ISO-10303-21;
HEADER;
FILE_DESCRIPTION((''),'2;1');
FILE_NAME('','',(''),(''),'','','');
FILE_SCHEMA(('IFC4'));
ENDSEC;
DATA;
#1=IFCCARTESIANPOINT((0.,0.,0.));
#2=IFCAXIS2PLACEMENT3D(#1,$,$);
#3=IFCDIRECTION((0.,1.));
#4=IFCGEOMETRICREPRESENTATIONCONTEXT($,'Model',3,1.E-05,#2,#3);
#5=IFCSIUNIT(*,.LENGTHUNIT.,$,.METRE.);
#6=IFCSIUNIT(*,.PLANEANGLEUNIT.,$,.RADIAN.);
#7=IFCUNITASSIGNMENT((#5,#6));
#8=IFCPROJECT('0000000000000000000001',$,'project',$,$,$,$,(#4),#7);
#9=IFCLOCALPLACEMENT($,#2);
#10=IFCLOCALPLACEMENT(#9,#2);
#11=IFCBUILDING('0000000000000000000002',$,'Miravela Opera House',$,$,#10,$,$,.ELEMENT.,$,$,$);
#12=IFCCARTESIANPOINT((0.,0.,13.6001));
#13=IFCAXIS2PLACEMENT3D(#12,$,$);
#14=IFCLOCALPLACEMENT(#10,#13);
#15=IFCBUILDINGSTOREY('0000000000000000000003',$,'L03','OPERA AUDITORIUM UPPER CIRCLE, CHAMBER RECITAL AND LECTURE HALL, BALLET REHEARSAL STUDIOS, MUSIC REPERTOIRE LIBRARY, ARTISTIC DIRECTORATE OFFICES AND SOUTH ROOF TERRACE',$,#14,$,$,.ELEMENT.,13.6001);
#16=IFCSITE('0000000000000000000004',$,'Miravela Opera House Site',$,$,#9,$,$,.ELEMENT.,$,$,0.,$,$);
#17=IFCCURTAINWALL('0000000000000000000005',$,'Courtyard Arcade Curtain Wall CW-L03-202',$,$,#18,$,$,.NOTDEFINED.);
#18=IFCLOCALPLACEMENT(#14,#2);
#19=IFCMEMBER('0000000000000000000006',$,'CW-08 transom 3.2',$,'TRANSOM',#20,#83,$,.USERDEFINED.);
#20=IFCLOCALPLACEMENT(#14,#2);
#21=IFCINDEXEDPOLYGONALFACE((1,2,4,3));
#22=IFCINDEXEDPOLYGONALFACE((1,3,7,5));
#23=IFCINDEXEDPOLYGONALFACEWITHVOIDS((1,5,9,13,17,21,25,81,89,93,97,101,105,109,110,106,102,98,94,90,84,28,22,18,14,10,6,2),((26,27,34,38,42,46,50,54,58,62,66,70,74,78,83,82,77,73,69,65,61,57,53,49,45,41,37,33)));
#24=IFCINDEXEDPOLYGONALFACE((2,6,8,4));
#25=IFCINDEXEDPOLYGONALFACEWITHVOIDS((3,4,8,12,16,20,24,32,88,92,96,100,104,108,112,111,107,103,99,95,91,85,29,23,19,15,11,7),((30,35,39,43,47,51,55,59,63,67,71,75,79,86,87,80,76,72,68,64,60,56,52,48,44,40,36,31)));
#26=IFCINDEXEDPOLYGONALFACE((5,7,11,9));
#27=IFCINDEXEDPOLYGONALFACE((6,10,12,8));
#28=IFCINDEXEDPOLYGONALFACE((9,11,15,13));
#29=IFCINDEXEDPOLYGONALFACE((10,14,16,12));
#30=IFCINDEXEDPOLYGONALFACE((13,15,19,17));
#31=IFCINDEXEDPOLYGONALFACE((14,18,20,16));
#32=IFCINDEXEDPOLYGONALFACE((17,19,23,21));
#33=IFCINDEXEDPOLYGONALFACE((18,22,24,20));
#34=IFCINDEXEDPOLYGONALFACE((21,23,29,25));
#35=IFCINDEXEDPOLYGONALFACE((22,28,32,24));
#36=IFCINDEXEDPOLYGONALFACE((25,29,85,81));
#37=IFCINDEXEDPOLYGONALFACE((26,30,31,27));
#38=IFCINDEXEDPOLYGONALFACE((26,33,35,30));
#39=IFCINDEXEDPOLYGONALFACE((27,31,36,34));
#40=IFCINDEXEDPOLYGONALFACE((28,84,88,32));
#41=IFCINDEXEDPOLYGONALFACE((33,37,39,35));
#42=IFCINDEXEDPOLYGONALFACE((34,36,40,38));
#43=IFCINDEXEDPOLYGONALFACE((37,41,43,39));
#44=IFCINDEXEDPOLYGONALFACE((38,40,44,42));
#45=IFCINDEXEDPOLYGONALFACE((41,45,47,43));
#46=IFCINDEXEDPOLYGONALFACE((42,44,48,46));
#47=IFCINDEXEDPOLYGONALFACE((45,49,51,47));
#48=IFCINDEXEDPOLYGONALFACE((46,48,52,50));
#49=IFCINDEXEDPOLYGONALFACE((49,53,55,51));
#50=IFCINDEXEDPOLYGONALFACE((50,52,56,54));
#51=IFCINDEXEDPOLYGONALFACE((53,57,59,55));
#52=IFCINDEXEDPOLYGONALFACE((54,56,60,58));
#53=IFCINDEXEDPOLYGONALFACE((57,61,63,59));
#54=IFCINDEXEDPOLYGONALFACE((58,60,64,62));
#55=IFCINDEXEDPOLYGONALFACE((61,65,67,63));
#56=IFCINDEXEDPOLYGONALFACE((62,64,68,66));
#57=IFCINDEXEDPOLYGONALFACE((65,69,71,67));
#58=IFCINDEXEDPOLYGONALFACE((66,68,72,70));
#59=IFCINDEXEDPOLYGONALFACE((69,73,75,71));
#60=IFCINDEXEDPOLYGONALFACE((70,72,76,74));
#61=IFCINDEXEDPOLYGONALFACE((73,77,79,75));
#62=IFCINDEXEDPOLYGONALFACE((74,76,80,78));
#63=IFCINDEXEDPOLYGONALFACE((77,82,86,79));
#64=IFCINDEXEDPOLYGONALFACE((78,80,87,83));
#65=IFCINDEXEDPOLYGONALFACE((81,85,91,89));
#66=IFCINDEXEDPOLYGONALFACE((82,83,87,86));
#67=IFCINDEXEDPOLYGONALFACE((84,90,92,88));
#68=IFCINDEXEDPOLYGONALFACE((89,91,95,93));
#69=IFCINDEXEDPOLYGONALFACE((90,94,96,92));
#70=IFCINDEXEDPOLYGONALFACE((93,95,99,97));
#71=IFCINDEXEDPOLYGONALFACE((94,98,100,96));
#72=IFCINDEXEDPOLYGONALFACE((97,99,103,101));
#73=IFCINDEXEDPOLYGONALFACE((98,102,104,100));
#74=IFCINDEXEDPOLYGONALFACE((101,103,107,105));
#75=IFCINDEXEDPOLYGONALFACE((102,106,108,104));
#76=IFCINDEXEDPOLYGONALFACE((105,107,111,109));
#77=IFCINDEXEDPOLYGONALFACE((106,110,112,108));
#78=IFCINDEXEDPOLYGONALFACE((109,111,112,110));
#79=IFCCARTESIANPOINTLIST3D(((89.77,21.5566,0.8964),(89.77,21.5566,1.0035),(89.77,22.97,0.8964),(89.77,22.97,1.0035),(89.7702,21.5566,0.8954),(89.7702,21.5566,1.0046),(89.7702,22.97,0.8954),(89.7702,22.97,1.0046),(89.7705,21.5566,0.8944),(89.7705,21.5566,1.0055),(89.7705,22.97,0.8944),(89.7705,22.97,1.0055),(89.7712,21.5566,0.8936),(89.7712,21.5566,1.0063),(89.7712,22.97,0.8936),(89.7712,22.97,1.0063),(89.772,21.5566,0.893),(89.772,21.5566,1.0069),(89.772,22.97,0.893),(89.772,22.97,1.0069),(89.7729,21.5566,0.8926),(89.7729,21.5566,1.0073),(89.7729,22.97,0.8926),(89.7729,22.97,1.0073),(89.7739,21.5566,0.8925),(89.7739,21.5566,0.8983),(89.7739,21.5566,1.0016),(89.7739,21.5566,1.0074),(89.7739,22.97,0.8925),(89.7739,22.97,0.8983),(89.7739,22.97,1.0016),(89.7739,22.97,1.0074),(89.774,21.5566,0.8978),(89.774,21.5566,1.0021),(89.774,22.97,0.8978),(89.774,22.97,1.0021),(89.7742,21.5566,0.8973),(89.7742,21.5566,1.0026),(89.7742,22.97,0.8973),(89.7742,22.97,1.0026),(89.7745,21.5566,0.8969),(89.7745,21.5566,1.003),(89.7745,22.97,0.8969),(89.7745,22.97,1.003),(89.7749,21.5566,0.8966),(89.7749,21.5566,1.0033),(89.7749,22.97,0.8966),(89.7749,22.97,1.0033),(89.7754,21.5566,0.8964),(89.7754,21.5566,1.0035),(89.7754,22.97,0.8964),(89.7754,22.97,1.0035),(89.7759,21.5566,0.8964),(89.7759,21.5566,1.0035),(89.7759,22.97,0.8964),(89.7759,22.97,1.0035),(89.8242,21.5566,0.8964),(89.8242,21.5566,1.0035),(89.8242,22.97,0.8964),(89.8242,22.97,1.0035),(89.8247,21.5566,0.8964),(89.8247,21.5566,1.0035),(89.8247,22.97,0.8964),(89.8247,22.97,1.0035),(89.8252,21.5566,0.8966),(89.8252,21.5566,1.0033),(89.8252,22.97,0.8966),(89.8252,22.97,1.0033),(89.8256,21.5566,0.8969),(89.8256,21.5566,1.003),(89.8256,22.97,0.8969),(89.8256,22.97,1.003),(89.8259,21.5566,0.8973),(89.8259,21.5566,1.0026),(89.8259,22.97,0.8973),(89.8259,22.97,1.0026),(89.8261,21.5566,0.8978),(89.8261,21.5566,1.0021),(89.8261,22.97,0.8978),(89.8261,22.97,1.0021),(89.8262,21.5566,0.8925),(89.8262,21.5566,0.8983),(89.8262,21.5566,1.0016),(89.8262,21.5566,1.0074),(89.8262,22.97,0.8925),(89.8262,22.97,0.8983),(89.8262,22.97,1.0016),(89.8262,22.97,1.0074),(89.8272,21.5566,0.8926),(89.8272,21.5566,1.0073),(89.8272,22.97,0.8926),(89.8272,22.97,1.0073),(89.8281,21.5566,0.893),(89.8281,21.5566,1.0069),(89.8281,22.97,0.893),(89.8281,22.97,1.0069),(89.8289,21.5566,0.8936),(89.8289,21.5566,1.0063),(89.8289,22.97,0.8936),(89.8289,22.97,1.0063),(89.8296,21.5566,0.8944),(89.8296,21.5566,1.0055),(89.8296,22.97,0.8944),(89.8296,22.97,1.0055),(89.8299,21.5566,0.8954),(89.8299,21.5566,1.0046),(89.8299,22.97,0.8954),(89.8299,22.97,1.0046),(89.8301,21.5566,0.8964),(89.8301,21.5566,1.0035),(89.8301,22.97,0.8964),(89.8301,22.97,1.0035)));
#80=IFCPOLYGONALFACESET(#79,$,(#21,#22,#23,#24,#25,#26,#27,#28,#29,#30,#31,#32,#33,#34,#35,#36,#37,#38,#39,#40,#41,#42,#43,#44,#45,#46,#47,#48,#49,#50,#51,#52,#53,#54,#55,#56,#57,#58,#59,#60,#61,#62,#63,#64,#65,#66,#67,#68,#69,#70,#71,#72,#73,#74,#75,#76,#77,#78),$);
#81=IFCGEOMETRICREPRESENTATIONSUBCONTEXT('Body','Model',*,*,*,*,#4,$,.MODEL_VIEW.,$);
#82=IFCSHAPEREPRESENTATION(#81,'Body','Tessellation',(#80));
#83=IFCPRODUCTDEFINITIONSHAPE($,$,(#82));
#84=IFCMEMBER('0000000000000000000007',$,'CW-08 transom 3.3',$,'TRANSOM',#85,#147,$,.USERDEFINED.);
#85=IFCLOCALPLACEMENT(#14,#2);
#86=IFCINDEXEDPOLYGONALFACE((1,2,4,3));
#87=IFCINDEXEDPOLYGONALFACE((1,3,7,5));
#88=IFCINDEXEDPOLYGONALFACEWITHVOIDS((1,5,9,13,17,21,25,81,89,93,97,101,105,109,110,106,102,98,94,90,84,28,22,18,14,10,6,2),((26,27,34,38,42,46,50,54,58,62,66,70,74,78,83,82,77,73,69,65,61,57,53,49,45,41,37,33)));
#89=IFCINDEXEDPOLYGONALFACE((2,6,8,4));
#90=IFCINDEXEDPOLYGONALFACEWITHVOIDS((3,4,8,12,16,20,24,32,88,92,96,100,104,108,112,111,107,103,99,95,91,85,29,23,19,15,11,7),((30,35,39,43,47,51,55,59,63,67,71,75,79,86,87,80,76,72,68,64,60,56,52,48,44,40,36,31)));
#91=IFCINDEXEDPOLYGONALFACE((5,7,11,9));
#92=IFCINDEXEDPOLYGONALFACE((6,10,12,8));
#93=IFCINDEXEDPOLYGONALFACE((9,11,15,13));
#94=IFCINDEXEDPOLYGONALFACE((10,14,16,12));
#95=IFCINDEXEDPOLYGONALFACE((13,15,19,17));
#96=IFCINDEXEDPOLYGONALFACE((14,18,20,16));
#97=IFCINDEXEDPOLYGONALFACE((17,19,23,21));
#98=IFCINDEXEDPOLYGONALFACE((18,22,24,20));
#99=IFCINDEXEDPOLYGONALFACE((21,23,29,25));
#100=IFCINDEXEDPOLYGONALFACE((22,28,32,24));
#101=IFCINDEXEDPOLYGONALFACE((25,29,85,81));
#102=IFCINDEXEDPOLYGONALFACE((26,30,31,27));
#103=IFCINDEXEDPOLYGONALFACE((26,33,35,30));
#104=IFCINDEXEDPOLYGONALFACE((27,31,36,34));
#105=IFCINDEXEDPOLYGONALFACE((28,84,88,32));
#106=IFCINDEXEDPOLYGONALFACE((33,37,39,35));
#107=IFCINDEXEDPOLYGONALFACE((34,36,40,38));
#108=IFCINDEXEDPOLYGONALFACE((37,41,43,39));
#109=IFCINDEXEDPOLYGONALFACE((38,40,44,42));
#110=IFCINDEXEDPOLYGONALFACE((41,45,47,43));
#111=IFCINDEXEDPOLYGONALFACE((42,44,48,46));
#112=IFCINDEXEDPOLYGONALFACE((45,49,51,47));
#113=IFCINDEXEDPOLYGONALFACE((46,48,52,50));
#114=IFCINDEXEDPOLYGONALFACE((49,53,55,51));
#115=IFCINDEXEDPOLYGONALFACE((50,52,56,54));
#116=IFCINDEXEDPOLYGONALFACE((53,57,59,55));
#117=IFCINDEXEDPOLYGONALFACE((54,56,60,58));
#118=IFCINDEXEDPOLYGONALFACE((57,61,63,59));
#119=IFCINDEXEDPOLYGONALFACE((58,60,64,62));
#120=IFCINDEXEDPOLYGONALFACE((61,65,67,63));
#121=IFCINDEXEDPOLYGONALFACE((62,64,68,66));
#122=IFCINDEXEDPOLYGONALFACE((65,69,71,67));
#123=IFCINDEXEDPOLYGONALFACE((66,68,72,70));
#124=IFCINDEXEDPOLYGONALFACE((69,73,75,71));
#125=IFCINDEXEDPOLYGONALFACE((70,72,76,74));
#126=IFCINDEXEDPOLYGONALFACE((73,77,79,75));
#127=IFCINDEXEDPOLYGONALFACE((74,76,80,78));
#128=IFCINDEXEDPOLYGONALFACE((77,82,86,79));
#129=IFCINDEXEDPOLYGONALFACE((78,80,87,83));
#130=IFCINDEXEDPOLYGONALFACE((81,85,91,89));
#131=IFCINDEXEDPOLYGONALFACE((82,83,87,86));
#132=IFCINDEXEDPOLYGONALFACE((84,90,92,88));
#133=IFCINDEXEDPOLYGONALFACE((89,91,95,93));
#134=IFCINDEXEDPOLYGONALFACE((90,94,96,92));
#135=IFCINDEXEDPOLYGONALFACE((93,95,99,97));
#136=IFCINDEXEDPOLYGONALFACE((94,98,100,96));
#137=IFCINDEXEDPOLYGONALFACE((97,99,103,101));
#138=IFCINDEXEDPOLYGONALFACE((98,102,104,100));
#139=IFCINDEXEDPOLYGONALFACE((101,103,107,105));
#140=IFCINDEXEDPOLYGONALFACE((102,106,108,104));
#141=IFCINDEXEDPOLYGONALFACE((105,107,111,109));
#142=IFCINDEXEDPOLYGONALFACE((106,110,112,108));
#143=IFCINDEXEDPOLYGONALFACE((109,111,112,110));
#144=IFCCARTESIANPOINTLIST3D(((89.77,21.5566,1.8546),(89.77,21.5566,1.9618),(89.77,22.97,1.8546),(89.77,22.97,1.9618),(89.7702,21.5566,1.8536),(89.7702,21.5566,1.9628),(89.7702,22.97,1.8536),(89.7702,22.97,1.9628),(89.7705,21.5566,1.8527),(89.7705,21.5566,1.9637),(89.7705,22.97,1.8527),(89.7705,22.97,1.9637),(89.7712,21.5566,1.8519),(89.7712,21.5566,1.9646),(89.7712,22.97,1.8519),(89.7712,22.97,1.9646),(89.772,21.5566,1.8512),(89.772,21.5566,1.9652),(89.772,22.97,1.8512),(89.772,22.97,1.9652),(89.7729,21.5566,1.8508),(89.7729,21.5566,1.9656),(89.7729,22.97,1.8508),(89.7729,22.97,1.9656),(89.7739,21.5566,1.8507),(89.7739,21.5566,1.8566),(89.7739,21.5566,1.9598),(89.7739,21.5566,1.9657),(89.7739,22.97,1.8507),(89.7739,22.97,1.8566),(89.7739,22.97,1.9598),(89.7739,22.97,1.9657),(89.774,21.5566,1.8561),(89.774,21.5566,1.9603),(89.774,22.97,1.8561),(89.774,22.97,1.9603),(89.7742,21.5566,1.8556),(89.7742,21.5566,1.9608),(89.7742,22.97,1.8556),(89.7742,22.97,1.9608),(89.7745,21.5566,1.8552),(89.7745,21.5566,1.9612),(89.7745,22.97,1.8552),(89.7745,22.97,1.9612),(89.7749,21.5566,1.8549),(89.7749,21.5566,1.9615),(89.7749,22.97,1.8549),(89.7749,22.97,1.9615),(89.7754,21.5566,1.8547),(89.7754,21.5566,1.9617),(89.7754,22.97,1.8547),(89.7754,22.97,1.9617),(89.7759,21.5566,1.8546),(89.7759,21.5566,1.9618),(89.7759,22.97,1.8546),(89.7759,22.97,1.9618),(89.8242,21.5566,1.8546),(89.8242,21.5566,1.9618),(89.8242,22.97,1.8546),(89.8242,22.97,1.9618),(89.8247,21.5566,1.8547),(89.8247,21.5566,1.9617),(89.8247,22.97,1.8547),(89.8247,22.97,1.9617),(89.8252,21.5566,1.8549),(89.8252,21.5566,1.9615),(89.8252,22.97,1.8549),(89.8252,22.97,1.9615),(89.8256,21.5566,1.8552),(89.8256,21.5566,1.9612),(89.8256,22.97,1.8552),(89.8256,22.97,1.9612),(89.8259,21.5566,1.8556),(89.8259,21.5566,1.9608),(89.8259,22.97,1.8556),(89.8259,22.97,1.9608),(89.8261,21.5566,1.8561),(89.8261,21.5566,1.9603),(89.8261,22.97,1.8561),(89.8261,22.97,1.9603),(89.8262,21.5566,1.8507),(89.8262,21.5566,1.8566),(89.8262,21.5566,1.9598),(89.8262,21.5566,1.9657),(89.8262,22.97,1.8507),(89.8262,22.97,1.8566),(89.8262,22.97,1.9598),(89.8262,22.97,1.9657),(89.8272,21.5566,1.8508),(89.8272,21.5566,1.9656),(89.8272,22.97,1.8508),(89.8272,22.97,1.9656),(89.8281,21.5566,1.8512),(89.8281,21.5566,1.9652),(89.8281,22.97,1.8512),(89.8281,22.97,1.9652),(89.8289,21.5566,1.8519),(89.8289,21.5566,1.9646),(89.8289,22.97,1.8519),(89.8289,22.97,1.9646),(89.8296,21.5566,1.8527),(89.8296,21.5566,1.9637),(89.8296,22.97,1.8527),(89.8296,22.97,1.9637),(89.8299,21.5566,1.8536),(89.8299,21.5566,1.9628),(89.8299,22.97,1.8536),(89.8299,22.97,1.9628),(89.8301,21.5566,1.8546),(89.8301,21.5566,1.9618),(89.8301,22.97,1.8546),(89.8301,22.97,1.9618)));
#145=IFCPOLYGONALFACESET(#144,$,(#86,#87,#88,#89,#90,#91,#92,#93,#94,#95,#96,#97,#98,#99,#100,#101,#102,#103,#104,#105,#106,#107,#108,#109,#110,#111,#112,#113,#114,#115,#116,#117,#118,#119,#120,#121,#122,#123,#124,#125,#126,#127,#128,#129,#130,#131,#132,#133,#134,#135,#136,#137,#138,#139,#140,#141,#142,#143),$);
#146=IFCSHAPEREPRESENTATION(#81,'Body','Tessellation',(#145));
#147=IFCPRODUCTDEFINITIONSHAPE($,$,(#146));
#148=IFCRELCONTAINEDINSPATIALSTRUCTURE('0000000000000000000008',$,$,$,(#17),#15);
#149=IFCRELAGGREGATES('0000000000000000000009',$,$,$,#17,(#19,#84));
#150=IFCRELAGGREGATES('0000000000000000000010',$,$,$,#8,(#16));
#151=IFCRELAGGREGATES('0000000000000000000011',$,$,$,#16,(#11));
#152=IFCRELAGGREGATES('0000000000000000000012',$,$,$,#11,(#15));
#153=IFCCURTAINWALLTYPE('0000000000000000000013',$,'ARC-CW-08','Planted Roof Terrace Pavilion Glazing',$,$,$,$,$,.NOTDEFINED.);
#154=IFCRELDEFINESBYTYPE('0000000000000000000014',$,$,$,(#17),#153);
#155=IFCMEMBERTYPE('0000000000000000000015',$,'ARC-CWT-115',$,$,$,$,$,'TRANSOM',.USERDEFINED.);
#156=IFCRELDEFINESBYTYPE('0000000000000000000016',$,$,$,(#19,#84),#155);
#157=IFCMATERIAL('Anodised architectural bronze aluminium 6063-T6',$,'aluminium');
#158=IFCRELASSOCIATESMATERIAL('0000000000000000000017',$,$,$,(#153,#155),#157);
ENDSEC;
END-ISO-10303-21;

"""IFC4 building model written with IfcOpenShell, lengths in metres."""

from ifc_helpers import new_model, si_unit, direction, frame, origin, origin_2d, place, context, subcontext, project, spatial, hollow_rectangle, extrude, material, material_profile, profile_set, type_object, element, aggregate, save


model = new_model("IFC4")

# Units and contexts
model_context = context("Model", 3, precision=1e-05, world=origin(), true_north=direction((0.0, 1.0)))
body_context = subcontext(model_context, "Body", "Model", "MODEL_VIEW")
ifc_project = project(units=[si_unit("LENGTHUNIT", "METRE"), si_unit("PLANEANGLEUNIT", "RADIAN")], contexts=[model_context])

# Site, building, storey
site_placement = place(None, origin())
site = spatial("IfcSite", under=ifc_project, at=site_placement, Name="Miravela Opera House Site", CompositionType="ELEMENT", RefElevation=0.0)
building_placement = place(site_placement, origin())
building = spatial("IfcBuilding", under=site, at=building_placement, Name="Miravela Opera House", CompositionType="ELEMENT")
storey_placement = place(building_placement, frame((0.0, 0.0, 13.6001)))
storey = spatial("IfcBuildingStorey", under=building, at=storey_placement, Name="L03", Description="OPERA AUDITORIUM UPPER CIRCLE, CHAMBER RECITAL AND LECTURE HALL, BALLET REHEARSAL STUDIOS, MUSIC REPERTOIRE LIBRARY, ARTISTIC DIRECTORATE OFFICES AND SOUTH ROOF TERRACE", CompositionType="ELEMENT", Elevation=13.6001)

# Curtain wall
ifc_material_1 = material(Name="Anodised architectural bronze aluminium 6063-T6", Category="aluminium")
curtain_wall_type = type_object("IfcCurtainWallType", Name="ARC-CW-08", Description="Planted Roof Terrace Pavilion Glazing", PredefinedType="NOTDEFINED", material=ifc_material_1)
curtain_wall_1_placement = place(storey_placement, origin())
curtain_wall_1 = element("IfcCurtainWall", 1, at=curtain_wall_1_placement, inside=storey, type_object=curtain_wall_type, Name="Courtyard Arcade Curtain Wall CW-L03-202", PredefinedType="NOTDEFINED")

# Members
ifc_material_profile_1 = material_profile(ifc_material_1, hollow_rectangle(XDim=0.0601, YDim=0.115, WallThickness=0.0039, InnerFilletRadius=0.002, OuterFilletRadius=0.0039, at=origin_2d()), Name="CWT-60X115")
ifc_profile_set_1 = profile_set([ifc_material_profile_1])
member_type_1 = type_object("IfcMemberType", Name="ARC-CWT-115", ElementType="TRANSOM", PredefinedType="USERDEFINED", material=ifc_profile_set_1)
member_1_placement = place(storey_placement, frame((89.8, 21.5566, 0.95), z_axis=(0.0, 1.0, 0.0), x_axis=(-1.0, 0.0, 0.0)))
member_1 = element("IfcMember", 2, at=member_1_placement, type_object=member_type_1, Name="CW-08 transom 3.2", ObjectType="TRANSOM", PredefinedType="USERDEFINED", context=body_context, shape_type="SweptSolid", body=[
    extrude(hollow_rectangle(XDim=0.0601, YDim=0.115, WallThickness=0.0039, InnerFilletRadius=0.002, OuterFilletRadius=0.0039, at=origin_2d()), origin(), (0.0, 0.0, 1.0), 1.4133),
])
member_2_placement = place(storey_placement, frame((89.8, 21.5566, 1.9082), z_axis=(0.0, 1.0, 0.0), x_axis=(-1.0, 0.0, 0.0)))
member_2 = element("IfcMember", 3, at=member_2_placement, type_object=member_type_1, Name="CW-08 transom 3.3", ObjectType="TRANSOM", PredefinedType="USERDEFINED", context=body_context, shape_type="SweptSolid", body=[
    extrude(hollow_rectangle(XDim=0.0601, YDim=0.115, WallThickness=0.0039, InnerFilletRadius=0.002, OuterFilletRadius=0.0039, at=origin_2d()), origin(), (0.0, 0.0, 1.0), 1.4133),
])

aggregate(curtain_wall_1, [member_1, member_2])

save(model, "model.ifc")
